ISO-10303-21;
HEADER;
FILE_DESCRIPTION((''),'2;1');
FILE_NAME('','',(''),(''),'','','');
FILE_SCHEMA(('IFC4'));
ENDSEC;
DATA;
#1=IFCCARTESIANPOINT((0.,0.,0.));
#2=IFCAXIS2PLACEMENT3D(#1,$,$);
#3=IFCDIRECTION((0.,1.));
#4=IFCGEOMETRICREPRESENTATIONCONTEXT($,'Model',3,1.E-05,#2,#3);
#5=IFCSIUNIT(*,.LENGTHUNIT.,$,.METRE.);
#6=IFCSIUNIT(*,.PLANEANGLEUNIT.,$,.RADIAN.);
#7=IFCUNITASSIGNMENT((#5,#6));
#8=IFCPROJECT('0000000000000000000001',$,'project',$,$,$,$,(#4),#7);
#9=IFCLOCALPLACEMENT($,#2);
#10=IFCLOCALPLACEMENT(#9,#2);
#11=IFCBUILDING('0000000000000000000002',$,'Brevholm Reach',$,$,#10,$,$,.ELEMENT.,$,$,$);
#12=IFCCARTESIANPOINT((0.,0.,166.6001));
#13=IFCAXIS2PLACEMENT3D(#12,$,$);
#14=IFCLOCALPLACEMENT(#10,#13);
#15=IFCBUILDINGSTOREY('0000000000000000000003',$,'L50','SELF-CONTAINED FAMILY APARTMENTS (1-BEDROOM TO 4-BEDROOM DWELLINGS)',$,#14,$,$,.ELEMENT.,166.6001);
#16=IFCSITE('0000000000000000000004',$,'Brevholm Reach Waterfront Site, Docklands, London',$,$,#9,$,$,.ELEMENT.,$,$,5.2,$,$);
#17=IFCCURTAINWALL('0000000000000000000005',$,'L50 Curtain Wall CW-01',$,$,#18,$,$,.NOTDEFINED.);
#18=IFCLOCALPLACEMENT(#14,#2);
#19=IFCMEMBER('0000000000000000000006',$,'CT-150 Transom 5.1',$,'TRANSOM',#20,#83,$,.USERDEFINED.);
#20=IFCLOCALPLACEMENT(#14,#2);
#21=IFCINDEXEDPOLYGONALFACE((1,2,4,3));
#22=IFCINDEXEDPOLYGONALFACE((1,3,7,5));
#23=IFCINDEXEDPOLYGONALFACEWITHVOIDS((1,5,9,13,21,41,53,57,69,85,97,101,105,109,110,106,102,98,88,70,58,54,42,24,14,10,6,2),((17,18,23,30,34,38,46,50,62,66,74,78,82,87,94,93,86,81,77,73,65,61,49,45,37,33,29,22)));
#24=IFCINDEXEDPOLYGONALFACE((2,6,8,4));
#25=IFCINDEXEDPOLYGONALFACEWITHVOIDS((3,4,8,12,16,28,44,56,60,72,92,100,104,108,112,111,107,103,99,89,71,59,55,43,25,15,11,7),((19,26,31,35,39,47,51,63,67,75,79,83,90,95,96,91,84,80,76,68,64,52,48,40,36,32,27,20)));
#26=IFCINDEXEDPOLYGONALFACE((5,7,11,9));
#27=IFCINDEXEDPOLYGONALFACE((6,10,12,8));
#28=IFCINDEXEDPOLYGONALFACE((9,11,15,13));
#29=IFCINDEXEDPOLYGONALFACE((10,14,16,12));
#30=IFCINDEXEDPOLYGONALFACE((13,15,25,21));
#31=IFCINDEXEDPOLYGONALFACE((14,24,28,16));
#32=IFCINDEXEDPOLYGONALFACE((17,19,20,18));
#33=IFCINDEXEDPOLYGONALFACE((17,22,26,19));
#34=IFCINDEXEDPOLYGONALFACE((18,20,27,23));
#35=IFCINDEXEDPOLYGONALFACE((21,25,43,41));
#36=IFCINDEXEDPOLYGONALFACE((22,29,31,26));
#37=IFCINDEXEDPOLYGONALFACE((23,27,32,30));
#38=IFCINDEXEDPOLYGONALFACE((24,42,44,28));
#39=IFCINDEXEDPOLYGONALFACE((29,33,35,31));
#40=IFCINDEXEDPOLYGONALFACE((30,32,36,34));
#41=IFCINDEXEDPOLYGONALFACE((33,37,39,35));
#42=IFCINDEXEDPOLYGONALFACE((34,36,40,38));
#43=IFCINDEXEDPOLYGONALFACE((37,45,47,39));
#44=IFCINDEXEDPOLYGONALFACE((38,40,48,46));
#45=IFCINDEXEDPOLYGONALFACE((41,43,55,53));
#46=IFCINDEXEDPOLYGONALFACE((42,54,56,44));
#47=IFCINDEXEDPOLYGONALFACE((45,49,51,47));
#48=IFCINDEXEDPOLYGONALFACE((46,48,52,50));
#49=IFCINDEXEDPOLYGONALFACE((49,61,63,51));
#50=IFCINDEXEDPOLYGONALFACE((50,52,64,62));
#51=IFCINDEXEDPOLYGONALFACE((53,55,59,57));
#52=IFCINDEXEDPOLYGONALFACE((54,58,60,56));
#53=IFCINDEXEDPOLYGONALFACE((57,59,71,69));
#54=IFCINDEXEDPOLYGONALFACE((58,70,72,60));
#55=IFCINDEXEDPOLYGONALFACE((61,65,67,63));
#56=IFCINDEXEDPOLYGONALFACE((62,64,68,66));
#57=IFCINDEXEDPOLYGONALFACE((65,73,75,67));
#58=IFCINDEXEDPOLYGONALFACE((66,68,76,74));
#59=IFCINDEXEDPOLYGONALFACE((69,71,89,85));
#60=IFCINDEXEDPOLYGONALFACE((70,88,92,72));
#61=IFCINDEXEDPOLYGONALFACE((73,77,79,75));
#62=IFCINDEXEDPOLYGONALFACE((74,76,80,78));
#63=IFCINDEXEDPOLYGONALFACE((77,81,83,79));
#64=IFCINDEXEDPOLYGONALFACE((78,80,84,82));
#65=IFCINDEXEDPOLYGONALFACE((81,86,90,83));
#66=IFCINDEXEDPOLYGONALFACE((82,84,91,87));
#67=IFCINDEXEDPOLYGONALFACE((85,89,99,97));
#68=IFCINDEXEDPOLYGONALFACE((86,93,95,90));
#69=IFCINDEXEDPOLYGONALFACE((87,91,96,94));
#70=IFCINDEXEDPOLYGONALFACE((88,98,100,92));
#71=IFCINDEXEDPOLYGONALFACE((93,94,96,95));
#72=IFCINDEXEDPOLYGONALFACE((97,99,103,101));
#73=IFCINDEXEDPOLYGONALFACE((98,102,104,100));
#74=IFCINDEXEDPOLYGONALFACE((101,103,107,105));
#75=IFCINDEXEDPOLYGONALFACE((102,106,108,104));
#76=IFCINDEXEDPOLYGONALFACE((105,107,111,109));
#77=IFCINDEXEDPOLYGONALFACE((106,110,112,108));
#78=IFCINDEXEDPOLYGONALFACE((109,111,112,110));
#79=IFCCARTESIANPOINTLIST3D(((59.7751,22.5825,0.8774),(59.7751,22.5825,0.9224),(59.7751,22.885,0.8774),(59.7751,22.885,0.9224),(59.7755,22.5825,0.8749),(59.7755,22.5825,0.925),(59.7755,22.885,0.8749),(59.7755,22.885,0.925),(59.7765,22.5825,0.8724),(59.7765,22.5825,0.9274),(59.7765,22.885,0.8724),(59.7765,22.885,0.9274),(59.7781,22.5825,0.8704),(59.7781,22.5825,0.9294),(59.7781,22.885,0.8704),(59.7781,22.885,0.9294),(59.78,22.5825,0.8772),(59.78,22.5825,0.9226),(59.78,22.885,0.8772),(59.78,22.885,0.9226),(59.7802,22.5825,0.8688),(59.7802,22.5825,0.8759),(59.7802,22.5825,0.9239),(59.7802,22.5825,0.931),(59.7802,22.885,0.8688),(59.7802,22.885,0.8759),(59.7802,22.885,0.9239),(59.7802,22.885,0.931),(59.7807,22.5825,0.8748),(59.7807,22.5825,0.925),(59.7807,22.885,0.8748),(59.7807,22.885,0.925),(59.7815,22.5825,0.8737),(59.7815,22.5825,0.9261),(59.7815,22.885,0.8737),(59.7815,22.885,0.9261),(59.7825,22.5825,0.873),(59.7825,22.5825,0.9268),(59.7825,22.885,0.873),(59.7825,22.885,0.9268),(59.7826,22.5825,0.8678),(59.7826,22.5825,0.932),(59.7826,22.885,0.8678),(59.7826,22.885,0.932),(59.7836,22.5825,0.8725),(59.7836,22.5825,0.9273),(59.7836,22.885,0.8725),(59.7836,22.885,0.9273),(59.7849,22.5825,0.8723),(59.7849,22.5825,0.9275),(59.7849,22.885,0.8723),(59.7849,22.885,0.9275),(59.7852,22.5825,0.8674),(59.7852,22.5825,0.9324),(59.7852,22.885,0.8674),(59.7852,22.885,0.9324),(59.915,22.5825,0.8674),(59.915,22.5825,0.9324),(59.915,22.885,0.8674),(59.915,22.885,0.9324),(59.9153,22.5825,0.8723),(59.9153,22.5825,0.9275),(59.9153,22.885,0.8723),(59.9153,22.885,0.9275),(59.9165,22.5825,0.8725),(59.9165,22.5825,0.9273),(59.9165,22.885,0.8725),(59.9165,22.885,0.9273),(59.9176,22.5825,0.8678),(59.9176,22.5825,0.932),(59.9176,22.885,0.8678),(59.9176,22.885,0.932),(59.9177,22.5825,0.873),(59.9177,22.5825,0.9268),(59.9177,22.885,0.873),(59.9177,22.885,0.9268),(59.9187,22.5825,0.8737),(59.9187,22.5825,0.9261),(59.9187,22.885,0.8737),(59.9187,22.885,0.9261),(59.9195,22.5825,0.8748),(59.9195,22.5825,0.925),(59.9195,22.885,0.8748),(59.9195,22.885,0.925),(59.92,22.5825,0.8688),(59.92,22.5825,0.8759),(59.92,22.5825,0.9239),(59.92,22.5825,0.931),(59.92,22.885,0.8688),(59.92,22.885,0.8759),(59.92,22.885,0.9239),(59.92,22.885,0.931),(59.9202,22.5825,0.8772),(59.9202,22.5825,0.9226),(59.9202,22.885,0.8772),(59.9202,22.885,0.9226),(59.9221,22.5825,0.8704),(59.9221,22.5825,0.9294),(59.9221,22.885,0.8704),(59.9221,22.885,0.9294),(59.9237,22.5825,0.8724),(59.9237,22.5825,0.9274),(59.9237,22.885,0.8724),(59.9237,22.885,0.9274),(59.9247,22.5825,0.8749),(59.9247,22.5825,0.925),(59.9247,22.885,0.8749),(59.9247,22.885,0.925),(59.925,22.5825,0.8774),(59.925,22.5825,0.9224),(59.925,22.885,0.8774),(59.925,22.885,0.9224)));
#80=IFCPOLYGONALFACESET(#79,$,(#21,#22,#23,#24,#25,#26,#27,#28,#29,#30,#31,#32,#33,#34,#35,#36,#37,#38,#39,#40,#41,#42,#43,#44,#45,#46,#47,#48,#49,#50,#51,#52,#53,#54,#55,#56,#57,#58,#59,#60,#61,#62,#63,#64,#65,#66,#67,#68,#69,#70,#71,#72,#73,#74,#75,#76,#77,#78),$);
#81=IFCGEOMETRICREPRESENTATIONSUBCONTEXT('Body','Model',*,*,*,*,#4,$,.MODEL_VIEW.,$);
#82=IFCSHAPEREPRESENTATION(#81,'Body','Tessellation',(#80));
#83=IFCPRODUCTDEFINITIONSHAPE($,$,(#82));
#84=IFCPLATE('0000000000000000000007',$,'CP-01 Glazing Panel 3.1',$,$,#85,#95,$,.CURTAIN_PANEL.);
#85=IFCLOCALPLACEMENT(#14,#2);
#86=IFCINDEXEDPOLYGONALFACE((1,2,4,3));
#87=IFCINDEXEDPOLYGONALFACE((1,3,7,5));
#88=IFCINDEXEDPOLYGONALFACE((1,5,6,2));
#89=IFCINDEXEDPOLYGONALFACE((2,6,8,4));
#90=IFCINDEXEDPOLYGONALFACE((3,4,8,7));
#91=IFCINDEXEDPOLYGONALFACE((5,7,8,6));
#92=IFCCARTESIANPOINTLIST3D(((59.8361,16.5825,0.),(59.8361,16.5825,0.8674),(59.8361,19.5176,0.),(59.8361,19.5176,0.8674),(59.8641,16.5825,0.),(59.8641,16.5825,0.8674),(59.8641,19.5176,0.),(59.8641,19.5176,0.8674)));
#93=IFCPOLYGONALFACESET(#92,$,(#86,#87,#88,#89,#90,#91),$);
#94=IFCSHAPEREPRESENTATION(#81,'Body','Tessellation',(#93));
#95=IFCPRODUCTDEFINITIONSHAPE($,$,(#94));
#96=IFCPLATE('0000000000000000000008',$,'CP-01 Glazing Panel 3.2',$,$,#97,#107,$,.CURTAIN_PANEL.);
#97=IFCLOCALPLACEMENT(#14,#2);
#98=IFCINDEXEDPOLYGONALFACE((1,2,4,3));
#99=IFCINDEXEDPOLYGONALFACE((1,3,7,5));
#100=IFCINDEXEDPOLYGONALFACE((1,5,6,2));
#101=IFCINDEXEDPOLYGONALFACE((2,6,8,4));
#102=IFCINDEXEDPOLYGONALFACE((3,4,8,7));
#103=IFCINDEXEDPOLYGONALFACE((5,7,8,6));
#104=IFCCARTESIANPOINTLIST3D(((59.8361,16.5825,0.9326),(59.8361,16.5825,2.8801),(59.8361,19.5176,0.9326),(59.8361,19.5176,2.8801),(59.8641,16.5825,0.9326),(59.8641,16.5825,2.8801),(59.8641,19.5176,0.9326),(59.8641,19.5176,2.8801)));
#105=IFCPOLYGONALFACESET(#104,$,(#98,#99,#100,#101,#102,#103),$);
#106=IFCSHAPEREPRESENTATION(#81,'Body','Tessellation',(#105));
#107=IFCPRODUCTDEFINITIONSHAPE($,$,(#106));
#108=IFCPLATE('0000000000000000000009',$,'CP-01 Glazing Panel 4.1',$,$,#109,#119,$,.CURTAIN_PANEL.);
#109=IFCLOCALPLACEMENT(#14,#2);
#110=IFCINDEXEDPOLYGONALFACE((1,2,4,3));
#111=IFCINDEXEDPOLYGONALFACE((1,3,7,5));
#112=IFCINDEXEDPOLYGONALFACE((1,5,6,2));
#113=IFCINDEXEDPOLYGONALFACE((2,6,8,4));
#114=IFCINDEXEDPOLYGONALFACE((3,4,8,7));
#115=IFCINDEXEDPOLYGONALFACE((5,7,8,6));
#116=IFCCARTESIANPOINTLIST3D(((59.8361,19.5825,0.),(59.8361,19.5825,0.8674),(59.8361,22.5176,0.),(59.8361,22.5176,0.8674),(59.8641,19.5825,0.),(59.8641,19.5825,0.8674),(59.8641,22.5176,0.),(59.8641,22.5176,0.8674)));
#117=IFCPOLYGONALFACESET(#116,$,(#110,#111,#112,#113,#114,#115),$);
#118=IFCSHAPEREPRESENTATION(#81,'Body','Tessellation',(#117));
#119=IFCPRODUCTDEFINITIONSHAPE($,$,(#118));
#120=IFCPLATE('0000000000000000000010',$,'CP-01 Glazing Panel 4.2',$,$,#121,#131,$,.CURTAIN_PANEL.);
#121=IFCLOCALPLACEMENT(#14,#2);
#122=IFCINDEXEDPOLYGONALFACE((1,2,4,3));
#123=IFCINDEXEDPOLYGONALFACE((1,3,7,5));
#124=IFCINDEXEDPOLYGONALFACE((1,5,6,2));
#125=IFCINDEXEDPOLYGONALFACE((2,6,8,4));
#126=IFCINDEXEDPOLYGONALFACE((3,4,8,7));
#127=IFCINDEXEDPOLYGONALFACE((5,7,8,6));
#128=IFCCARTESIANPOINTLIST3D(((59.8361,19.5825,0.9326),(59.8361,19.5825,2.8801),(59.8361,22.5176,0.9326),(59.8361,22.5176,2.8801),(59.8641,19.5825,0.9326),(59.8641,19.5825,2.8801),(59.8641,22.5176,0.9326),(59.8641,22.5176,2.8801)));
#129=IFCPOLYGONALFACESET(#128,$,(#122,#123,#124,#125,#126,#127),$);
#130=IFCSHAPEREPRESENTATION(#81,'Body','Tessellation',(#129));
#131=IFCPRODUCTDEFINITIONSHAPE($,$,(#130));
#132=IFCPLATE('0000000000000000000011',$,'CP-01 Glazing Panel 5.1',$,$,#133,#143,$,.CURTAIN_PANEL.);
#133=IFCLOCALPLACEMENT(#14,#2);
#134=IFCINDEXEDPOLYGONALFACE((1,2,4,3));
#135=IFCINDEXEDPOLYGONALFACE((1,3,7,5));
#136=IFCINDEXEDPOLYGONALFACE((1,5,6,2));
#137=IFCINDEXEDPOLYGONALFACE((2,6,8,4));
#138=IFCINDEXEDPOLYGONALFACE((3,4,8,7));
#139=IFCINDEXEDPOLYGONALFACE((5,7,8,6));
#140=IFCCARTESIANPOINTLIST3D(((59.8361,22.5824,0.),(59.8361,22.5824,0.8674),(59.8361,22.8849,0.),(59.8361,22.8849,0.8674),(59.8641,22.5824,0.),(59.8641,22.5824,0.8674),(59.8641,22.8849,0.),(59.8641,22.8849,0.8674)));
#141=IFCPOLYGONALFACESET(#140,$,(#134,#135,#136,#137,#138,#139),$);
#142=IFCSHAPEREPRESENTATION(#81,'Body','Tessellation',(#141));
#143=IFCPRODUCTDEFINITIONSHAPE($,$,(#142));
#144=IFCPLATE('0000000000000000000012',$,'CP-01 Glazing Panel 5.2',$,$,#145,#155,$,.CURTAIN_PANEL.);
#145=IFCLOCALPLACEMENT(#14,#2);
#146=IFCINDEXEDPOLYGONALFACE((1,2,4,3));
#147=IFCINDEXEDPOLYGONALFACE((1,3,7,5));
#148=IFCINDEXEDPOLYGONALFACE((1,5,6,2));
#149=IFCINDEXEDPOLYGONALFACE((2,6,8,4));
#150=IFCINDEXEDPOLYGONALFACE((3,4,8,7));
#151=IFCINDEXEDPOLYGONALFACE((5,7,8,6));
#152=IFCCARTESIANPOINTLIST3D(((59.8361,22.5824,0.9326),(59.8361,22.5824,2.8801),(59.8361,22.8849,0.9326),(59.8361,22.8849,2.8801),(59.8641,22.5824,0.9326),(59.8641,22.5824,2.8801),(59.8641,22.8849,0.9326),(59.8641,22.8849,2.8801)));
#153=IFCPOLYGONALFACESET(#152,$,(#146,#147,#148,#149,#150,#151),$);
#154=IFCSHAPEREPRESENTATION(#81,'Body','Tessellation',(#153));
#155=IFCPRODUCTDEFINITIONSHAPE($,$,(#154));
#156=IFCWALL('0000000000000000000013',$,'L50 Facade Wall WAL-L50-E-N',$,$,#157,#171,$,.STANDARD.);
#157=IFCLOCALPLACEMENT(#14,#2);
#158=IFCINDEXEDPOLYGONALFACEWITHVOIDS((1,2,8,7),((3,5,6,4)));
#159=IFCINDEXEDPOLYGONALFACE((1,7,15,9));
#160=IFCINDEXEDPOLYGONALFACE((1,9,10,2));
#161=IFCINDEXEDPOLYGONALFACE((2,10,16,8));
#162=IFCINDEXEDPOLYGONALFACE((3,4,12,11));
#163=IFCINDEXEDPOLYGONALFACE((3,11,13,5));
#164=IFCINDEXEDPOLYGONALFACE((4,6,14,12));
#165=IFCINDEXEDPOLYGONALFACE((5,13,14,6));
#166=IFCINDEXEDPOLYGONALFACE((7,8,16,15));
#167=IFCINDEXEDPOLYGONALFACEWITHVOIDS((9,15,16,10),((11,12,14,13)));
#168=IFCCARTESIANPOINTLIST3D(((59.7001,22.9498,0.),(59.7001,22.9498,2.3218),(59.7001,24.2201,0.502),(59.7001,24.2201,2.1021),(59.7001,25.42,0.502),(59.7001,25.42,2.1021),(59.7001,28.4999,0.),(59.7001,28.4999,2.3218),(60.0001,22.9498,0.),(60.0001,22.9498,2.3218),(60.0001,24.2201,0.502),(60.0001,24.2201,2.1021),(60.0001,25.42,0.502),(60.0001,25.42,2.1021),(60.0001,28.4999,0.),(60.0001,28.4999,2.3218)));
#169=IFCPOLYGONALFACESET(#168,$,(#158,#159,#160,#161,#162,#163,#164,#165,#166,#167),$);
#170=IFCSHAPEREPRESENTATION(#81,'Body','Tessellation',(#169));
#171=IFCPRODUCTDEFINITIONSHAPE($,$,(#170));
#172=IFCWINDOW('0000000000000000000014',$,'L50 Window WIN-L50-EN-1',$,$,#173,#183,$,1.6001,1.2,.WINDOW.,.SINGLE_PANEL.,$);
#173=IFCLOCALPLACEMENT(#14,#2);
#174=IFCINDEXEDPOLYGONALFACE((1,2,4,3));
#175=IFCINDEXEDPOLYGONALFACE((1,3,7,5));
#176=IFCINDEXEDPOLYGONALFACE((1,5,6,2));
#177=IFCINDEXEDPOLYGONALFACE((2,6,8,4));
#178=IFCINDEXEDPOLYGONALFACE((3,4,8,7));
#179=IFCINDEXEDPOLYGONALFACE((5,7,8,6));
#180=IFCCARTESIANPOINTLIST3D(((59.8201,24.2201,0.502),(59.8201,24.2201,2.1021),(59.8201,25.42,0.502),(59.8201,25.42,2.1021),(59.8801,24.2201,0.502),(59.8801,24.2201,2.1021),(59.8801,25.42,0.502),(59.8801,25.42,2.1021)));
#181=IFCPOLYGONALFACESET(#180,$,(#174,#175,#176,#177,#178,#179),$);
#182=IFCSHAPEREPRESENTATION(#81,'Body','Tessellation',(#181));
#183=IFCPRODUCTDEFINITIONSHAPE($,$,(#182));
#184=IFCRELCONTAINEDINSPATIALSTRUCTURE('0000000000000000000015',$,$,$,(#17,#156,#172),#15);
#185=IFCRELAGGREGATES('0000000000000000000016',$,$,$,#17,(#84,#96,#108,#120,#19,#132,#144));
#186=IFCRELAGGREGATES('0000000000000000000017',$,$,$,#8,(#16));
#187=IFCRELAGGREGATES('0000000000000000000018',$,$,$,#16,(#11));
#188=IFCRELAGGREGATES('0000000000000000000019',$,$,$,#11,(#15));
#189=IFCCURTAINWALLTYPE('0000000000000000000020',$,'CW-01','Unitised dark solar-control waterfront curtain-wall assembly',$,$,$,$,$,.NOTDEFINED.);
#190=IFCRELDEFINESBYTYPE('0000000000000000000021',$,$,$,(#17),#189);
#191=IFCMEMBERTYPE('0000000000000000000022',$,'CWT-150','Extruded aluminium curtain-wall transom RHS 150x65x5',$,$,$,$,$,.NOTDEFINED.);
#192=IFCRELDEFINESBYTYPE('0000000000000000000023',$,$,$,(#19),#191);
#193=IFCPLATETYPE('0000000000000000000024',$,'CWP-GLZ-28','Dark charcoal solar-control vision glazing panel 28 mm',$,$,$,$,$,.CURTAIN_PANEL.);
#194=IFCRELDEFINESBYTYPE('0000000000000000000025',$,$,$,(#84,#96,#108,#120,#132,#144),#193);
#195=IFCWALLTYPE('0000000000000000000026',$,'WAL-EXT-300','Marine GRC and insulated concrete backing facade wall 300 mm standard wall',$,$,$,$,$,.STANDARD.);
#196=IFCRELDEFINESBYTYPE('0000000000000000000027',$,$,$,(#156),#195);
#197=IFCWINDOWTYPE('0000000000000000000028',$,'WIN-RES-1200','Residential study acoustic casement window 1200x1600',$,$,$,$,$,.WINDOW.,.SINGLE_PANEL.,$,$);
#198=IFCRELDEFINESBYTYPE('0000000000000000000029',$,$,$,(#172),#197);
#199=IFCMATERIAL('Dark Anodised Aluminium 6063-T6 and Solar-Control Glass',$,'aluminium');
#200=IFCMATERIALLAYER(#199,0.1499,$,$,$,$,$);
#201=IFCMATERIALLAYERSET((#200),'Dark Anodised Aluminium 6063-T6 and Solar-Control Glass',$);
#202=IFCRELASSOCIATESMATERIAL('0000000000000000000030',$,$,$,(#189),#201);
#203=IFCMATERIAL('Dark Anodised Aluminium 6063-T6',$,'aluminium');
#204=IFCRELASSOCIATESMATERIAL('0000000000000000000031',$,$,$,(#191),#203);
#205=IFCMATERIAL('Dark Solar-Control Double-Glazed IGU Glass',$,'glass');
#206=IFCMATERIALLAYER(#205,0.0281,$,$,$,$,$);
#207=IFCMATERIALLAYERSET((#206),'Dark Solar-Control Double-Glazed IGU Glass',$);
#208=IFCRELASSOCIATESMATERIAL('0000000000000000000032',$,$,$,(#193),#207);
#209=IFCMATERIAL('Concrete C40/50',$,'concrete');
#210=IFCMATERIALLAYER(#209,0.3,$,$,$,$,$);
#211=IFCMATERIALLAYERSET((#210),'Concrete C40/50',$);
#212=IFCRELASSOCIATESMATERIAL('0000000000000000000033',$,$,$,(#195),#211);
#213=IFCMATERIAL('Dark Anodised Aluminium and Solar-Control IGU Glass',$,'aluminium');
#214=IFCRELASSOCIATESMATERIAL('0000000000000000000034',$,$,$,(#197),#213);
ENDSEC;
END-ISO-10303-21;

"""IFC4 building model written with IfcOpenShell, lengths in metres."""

from ifc_helpers import new_model, si_unit, direction, frame, frame_2d, origin, origin_2d, place, context, subcontext, project, spatial, rectangle, hollow_rectangle, extrude, material, layer, layer_set, material_profile, profile_set, type_object, element, fill, aggregate, save


model = new_model("IFC4")

# Units and contexts
model_context = context("Model", 3, precision=1e-05, world=origin(), true_north=direction((0.0, 1.0)))
body_context = subcontext(model_context, "Body", "Model", "MODEL_VIEW")
ifc_project = project(units=[si_unit("LENGTHUNIT", "METRE"), si_unit("PLANEANGLEUNIT", "RADIAN")], contexts=[model_context])

# Site, building, storey
site_placement = place(None, origin())
site = spatial("IfcSite", under=ifc_project, at=site_placement, Name="Brevholm Reach Waterfront Site, Docklands, London", CompositionType="ELEMENT", RefElevation=5.2)
building_placement = place(site_placement, origin())
building = spatial("IfcBuilding", under=site, at=building_placement, Name="Brevholm Reach", CompositionType="ELEMENT")
storey_placement = place(building_placement, frame((0.0, 0.0, 166.6001)))
storey = spatial("IfcBuildingStorey", under=building, at=storey_placement, Name="L50", Description="SELF-CONTAINED FAMILY APARTMENTS (1-BEDROOM TO 4-BEDROOM DWELLINGS)", CompositionType="ELEMENT", Elevation=166.6001)

# Curtain wall, member, plates
ifc_material_1 = material(Name="Dark Anodised Aluminium 6063-T6 and Solar-Control Glass", Category="aluminium")
ifc_layer_1 = layer(ifc_material_1, 0.1499)
ifc_layer_set_1 = layer_set([ifc_layer_1], Name="Dark Anodised Aluminium 6063-T6 and Solar-Control Glass")
curtain_wall_type = type_object("IfcCurtainWallType", Name="CW-01", Description="Unitised dark solar-control waterfront curtain-wall assembly", PredefinedType="NOTDEFINED", material=ifc_layer_set_1)
curtain_wall_placement = place(storey_placement, origin())
curtain_wall = element("IfcCurtainWall", 1, at=curtain_wall_placement, inside=storey, type_object=curtain_wall_type, Name="L50 Curtain Wall CW-01", PredefinedType="NOTDEFINED")
ifc_material_2 = material(Name="Dark Anodised Aluminium 6063-T6", Category="aluminium")
ifc_material_profile_1 = material_profile(ifc_material_2, hollow_rectangle(XDim=0.0649, YDim=0.1499, WallThickness=0.0049, InnerFilletRadius=0.0049, OuterFilletRadius=0.01, at=origin_2d()), Name="RHS 150x65x5")
ifc_profile_set_1 = profile_set([ifc_material_profile_1], Name="Dark Anodised Aluminium 6063-T6")
member_type_1 = type_object("IfcMemberType", Name="CWT-150", Description="Extruded aluminium curtain-wall transom RHS 150x65x5", PredefinedType="NOTDEFINED", material=ifc_profile_set_1)
member_1_placement = place(storey_placement, frame((59.8501, 22.5825, 0.8999), z_axis=(0.0, 1.0, 0.0), x_axis=(0.0, 0.0, 1.0)))
member_1 = element("IfcMember", 2, at=member_1_placement, type_object=member_type_1, Name="CT-150 Transom 5.1", ObjectType="TRANSOM", PredefinedType="USERDEFINED", context=body_context, shape_type="SweptSolid", body=[
    extrude(hollow_rectangle(XDim=0.0649, YDim=0.1499, WallThickness=0.0049, InnerFilletRadius=0.0049, OuterFilletRadius=0.01, at=origin_2d()), origin(), (0.0, 0.0, 1.0), 0.3025),
])
ifc_material_3 = material(Name="Dark Solar-Control Double-Glazed IGU Glass", Category="glass")
ifc_layer_2 = layer(ifc_material_3, 0.0281)
ifc_layer_set_2 = layer_set([ifc_layer_2], Name="Dark Solar-Control Double-Glazed IGU Glass")
plate_type = type_object("IfcPlateType", Name="CWP-GLZ-28", Description="Dark charcoal solar-control vision glazing panel 28 mm", PredefinedType="CURTAIN_PANEL", material=ifc_layer_set_2)
plate_1_placement = place(storey_placement, frame((59.8501, 18.05, 0.0), z_axis=(0.0, 0.0, 1.0), x_axis=(0.0, 1.0, 0.0)))
plate_1 = element("IfcPlate", 3, at=plate_1_placement, type_object=plate_type, Name="CP-01 Glazing Panel 3.1", PredefinedType="CURTAIN_PANEL", context=body_context, shape_type="SweptSolid", body=[
    extrude(rectangle(XDim=2.9351, YDim=0.0281, at=origin_2d()), origin(), (0.0, 0.0, 1.0), 0.8674),
])
plate_2_placement = place(storey_placement, frame((59.8501, 18.05, 0.9326), z_axis=(0.0, 0.0, 1.0), x_axis=(0.0, 1.0, 0.0)))
plate_2 = element("IfcPlate", 4, at=plate_2_placement, type_object=plate_type, Name="CP-01 Glazing Panel 3.2", PredefinedType="CURTAIN_PANEL", context=body_context, shape_type="SweptSolid", body=[
    extrude(rectangle(XDim=2.9351, YDim=0.0281, at=origin_2d()), origin(), (0.0, 0.0, 1.0), 1.9475),
])
plate_3_placement = place(storey_placement, frame((59.8501, 21.05, 0.0), z_axis=(0.0, 0.0, 1.0), x_axis=(0.0, 1.0, 0.0)))
plate_3 = element("IfcPlate", 5, at=plate_3_placement, type_object=plate_type, Name="CP-01 Glazing Panel 4.1", PredefinedType="CURTAIN_PANEL", context=body_context, shape_type="SweptSolid", body=[
    extrude(rectangle(XDim=2.9351, YDim=0.0281, at=origin_2d()), origin(), (0.0, 0.0, 1.0), 0.8674),
])
plate_4_placement = place(storey_placement, frame((59.8501, 21.05, 0.9326), z_axis=(0.0, 0.0, 1.0), x_axis=(0.0, 1.0, 0.0)))
plate_4 = element("IfcPlate", 6, at=plate_4_placement, type_object=plate_type, Name="CP-01 Glazing Panel 4.2", PredefinedType="CURTAIN_PANEL", context=body_context, shape_type="SweptSolid", body=[
    extrude(rectangle(XDim=2.9351, YDim=0.0281, at=origin_2d()), origin(), (0.0, 0.0, 1.0), 1.9475),
])
plate_5_placement = place(storey_placement, frame((59.8501, 22.7336, 0.0), z_axis=(0.0, 0.0, 1.0), x_axis=(0.0, 1.0, 0.0)))
plate_5 = element("IfcPlate", 7, at=plate_5_placement, type_object=plate_type, Name="CP-01 Glazing Panel 5.1", PredefinedType="CURTAIN_PANEL", context=body_context, shape_type="SweptSolid", body=[
    extrude(rectangle(XDim=0.3025, YDim=0.0281, at=origin_2d()), origin(), (0.0, 0.0, 1.0), 0.8674),
])
plate_6_placement = place(storey_placement, frame((59.8501, 22.7336, 0.9326), z_axis=(0.0, 0.0, 1.0), x_axis=(0.0, 1.0, 0.0)))
plate_6 = element("IfcPlate", 8, at=plate_6_placement, type_object=plate_type, Name="CP-01 Glazing Panel 5.2", PredefinedType="CURTAIN_PANEL", context=body_context, shape_type="SweptSolid", body=[
    extrude(rectangle(XDim=0.3025, YDim=0.0281, at=origin_2d()), origin(), (0.0, 0.0, 1.0), 1.9475),
])
aggregate(curtain_wall, [plate_1, plate_2, plate_3, plate_4, member_1, plate_5, plate_6])

# Wall, opening, window
ifc_material_4 = material(Name="Concrete C40/50", Category="concrete")
ifc_layer_3 = layer(ifc_material_4, 0.3)
ifc_layer_set_3 = layer_set([ifc_layer_3], Name="Concrete C40/50")
wall_type_1 = type_object("IfcWallType", Name="WAL-EXT-300", Description="Marine GRC and insulated concrete backing facade wall 300 mm standard wall", PredefinedType="STANDARD", material=ifc_layer_set_3)
wall_1_placement = place(storey_placement, frame((59.8501, 22.95, 0.0), z_axis=(0.0, 0.0, 1.0), x_axis=(0.0, 1.0, 0.0)))
wall_1 = element("IfcWall", 9, at=wall_1_placement, inside=storey, type_object=wall_type_1, Name="L50 Facade Wall WAL-L50-E-N", PredefinedType="STANDARD", context=body_context, shape_type="SweptSolid", body=[
    extrude(rectangle(XDim=5.55, YDim=0.3, at=frame_2d((2.7749, 0.0))), origin(), (0.0, 0.0, 1.0), 2.3218),
])
opening_1_placement = place(wall_1_placement, frame((1.27, 0.0, 0.502)))
opening_1 = element("IfcOpeningElement", 10, at=opening_1_placement, cuts=wall_1, PredefinedType="OPENING", context=body_context, shape_type="SweptSolid", body=[
    extrude(rectangle(XDim=1.2, YDim=1.6001, at=frame_2d((0.6001, 0.8))), frame((0.0, 0.1599, 0.0), z_axis=(0.0, -1.0, 0.0), x_axis=(1.0, 0.0, 0.0)), (0.0, 0.0, 1.0), 0.3201),
])
ifc_material_5 = material(Name="Dark Anodised Aluminium and Solar-Control IGU Glass", Category="aluminium")
window_type = type_object("IfcWindowType", Name="WIN-RES-1200", Description="Residential study acoustic casement window 1200x1600", PartitioningType="SINGLE_PANEL", PredefinedType="WINDOW", material=ifc_material_5)
window_placement = place(opening_1_placement, origin())
window = element("IfcWindow", 11, at=window_placement, inside=storey, type_object=window_type, Name="L50 Window WIN-L50-EN-1", OverallHeight=1.6001, OverallWidth=1.2, PartitioningType="SINGLE_PANEL", PredefinedType="WINDOW", context=body_context, shape_type="SweptSolid", body=[
    extrude(rectangle(XDim=1.2, YDim=1.6001, at=frame_2d((0.6001, 0.8))), frame((0.0, 0.03, 0.0), z_axis=(0.0, -1.0, 0.0), x_axis=(1.0, 0.0, 0.0)), (0.0, 0.0, 1.0), 0.0601),
])
fill(opening_1, window)

save(model, "model.ifc")
